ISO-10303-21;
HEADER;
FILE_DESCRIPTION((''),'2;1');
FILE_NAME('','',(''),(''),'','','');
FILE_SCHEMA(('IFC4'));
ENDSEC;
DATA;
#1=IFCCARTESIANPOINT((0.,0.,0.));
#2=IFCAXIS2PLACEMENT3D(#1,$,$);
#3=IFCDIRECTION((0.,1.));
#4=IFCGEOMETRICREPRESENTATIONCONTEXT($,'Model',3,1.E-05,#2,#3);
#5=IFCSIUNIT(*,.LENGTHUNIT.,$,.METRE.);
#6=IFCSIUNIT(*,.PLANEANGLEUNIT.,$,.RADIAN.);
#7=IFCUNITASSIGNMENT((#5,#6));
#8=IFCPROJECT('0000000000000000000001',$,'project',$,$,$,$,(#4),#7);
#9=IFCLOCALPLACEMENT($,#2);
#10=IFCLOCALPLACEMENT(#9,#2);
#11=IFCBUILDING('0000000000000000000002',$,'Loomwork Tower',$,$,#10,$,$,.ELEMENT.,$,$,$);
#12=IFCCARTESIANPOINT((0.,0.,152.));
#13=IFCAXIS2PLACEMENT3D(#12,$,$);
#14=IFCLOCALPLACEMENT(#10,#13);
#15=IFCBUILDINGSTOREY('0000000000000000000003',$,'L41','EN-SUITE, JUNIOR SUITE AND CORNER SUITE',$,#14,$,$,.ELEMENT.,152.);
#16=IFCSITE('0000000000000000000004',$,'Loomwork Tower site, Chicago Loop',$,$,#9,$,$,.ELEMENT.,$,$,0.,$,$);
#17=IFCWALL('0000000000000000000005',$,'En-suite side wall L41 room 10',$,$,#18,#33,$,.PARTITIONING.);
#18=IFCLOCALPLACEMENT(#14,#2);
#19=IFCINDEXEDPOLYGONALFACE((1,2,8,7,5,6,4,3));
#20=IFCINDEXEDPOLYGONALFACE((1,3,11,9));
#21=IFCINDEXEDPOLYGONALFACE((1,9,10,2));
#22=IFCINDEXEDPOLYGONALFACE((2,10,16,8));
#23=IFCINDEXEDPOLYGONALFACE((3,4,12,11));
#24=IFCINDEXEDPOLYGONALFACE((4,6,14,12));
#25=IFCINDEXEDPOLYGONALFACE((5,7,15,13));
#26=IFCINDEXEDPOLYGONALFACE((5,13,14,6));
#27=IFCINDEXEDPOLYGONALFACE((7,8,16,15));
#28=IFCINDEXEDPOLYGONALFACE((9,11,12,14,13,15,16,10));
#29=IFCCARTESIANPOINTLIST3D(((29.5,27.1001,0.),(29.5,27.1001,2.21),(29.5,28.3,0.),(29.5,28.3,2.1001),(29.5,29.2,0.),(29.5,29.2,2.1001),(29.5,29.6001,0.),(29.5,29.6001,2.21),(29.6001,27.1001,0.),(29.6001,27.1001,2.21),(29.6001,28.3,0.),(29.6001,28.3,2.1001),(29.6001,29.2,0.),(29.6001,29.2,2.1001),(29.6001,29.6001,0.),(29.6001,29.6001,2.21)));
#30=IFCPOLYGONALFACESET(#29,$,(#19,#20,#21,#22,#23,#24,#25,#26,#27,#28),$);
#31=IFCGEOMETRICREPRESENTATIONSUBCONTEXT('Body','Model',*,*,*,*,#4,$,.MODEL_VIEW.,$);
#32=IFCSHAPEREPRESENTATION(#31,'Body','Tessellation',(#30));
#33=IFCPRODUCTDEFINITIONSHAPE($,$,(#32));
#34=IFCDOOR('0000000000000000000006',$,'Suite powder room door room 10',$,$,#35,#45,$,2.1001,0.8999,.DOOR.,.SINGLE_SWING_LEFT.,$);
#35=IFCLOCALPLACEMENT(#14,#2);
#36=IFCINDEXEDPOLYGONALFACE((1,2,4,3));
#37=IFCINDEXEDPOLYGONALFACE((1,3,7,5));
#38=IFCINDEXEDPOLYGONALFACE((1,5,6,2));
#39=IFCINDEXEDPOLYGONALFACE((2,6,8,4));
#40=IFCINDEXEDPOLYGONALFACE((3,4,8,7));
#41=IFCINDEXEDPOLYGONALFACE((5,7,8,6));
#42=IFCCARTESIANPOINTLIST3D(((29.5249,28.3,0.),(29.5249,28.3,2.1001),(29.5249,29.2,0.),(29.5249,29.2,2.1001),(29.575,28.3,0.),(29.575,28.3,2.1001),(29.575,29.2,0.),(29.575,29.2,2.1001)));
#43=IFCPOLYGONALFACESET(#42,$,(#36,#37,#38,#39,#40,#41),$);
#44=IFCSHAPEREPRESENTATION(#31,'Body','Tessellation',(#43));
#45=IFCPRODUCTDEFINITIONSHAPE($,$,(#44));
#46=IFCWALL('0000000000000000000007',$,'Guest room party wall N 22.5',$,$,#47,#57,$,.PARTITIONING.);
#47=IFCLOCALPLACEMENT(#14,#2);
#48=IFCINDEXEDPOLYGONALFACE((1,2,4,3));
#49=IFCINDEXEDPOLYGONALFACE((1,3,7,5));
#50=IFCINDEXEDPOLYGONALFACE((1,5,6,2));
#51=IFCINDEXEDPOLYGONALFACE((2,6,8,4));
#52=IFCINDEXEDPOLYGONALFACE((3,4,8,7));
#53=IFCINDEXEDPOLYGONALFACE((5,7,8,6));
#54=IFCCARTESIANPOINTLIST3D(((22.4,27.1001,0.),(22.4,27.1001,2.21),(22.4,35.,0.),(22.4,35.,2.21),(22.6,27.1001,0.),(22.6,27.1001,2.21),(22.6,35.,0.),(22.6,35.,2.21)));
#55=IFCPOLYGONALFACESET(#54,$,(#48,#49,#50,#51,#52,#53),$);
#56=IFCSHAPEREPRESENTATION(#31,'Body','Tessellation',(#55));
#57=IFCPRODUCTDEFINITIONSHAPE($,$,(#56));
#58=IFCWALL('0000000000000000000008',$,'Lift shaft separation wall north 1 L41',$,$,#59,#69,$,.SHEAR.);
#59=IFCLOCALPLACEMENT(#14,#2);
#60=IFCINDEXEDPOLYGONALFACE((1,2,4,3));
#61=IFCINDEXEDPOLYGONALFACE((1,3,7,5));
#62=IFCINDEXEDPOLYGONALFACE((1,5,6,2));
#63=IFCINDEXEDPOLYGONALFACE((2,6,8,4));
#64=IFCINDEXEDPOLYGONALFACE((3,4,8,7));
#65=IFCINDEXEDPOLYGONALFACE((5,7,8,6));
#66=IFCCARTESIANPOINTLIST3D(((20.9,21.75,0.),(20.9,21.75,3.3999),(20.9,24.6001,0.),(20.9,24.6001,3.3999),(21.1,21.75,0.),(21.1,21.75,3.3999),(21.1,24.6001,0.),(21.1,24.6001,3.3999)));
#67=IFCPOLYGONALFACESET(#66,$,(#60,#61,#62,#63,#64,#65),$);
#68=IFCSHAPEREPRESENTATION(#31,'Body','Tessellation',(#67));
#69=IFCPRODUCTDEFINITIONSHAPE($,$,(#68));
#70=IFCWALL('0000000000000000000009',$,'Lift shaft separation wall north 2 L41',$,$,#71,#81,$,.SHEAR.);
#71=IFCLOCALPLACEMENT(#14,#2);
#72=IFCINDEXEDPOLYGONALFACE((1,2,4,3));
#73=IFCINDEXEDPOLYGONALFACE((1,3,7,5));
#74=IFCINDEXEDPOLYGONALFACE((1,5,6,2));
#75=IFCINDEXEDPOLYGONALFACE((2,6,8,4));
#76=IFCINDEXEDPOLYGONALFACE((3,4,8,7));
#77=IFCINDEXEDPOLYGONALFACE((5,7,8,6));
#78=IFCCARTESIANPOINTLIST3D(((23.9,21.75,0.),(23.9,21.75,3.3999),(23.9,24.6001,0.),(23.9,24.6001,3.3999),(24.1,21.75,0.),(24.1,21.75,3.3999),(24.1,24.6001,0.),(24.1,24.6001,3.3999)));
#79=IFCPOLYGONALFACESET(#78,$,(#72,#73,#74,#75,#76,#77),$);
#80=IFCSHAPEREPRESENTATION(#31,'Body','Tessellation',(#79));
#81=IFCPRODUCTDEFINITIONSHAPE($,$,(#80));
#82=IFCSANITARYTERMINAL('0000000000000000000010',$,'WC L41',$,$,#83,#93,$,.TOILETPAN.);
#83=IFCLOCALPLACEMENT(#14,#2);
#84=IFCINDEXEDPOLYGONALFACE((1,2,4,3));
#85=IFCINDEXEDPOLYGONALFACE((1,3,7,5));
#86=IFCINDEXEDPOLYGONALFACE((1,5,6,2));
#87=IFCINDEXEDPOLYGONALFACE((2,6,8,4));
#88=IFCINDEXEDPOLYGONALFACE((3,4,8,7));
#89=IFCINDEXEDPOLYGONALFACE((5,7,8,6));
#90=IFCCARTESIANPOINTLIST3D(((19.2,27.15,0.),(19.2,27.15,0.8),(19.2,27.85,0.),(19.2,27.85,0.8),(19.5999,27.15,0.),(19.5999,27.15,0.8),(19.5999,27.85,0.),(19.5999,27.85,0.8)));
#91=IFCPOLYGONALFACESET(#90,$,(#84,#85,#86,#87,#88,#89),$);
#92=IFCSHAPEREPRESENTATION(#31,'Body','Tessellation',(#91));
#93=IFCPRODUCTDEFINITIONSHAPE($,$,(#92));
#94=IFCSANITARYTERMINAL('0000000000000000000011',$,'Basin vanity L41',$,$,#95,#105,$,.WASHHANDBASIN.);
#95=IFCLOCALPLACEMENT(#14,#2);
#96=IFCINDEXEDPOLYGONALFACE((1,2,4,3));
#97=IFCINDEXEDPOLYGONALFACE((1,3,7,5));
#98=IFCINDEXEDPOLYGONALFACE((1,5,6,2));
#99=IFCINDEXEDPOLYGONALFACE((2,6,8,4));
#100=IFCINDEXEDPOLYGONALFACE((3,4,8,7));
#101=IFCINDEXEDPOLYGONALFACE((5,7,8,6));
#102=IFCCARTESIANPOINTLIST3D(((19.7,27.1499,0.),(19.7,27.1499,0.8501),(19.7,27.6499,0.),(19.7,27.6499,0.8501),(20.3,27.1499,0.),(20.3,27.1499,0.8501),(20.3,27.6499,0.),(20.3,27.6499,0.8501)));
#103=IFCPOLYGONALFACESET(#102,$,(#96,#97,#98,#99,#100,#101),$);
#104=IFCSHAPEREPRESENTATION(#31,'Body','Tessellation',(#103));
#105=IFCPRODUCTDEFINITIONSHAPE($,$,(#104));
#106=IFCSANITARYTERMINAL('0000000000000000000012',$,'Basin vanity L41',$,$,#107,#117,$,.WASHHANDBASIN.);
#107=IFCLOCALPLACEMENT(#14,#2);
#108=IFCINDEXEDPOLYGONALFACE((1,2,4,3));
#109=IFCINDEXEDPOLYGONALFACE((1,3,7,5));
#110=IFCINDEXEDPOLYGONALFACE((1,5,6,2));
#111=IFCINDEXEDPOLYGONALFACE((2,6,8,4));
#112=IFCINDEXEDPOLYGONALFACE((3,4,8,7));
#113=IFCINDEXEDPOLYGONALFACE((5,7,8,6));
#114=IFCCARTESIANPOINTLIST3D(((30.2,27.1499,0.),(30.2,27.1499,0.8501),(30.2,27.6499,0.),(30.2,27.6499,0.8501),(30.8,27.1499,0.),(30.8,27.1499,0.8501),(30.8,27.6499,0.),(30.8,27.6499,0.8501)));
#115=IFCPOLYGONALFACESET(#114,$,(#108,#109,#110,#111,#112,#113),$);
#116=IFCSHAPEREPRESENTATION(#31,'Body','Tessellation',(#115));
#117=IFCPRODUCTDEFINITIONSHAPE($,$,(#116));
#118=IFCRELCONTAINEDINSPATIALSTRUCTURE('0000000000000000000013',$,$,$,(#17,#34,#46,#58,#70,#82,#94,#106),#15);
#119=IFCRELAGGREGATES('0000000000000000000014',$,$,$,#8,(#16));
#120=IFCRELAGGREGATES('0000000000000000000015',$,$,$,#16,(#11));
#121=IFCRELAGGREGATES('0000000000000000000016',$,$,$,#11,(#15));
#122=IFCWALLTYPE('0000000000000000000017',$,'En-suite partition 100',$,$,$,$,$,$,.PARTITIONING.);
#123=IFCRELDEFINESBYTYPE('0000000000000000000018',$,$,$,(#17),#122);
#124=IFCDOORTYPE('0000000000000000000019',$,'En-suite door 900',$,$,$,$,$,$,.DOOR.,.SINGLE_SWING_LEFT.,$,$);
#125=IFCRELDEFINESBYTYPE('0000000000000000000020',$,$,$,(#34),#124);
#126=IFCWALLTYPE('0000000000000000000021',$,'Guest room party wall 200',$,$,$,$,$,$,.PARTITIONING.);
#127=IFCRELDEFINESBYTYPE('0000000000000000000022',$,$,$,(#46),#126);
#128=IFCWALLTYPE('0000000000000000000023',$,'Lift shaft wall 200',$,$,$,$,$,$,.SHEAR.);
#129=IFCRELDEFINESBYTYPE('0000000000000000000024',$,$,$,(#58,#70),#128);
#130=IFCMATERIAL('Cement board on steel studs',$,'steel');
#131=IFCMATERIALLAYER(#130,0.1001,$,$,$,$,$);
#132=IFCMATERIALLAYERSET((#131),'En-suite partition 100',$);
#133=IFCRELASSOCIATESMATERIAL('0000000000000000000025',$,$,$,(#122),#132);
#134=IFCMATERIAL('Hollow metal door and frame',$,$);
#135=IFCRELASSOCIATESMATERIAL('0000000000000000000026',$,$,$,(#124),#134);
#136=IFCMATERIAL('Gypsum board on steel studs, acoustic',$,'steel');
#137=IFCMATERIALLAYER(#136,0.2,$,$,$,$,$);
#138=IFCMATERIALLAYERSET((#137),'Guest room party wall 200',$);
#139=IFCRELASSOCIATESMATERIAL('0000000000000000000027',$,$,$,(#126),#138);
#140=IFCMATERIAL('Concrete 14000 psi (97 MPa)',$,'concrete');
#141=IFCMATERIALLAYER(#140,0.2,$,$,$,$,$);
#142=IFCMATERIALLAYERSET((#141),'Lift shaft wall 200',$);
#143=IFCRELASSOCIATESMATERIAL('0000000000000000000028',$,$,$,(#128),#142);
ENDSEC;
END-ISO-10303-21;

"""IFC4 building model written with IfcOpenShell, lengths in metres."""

from ifc_helpers import new_model, si_unit, direction, frame, frame_2d, origin, origin_2d, place, context, subcontext, project, spatial, rectangle, extrude, material, layer, layer_set, type_object, element, fill, save


model = new_model("IFC4")

# Units and contexts
model_context = context("Model", 3, precision=1e-05, world=origin(), true_north=direction((0.0, 1.0)))
body_context = subcontext(model_context, "Body", "Model", "MODEL_VIEW")
ifc_project = project(units=[si_unit("LENGTHUNIT", "METRE"), si_unit("PLANEANGLEUNIT", "RADIAN")], contexts=[model_context])

# Site, building, storey
site_placement = place(None, origin())
site = spatial("IfcSite", under=ifc_project, at=site_placement, Name="Loomwork Tower site, Chicago Loop", CompositionType="ELEMENT", RefElevation=0.0)
building_placement = place(site_placement, origin())
building = spatial("IfcBuilding", under=site, at=building_placement, Name="Loomwork Tower", CompositionType="ELEMENT")
storey_placement = place(building_placement, frame((0.0, 0.0, 152.0)))
storey = spatial("IfcBuildingStorey", under=building, at=storey_placement, Name="L41", Description="EN-SUITE, JUNIOR SUITE AND CORNER SUITE", CompositionType="ELEMENT", Elevation=152.0)

# Shared definitions
ifc_material_1 = material(Name="Cement board on steel studs", Category="steel")
ifc_layer_1 = layer(ifc_material_1, 0.1001)
ifc_layer_set_1 = layer_set([ifc_layer_1], Name="En-suite partition 100")
wall_type_1 = type_object("IfcWallType", Name="En-suite partition 100", PredefinedType="PARTITIONING", material=ifc_layer_set_1)
ifc_material_2 = material(Name="Hollow metal door and frame")
door_type_1 = type_object("IfcDoorType", Name="En-suite door 900", OperationType="SINGLE_SWING_LEFT", PredefinedType="DOOR", material=ifc_material_2)

# Wall, opening, door
wall_1_placement = place(storey_placement, frame((29.55, 27.1001, 0.0), z_axis=(0.0, 0.0, 1.0), x_axis=(0.0, 1.0, 0.0)))
wall_1 = element("IfcWall", 1, at=wall_1_placement, inside=storey, type_object=wall_type_1, Name="En-suite side wall L41 room 10", PredefinedType="PARTITIONING", context=body_context, shape_type="SweptSolid", body=[
    extrude(rectangle(XDim=2.5, YDim=0.1001, at=frame_2d((1.25, 0.0))), origin(), (0.0, 0.0, 1.0), 2.21),
])
opening_1_placement = place(wall_1_placement, frame((1.2, 0.0, 0.0)))
opening_1 = element("IfcOpeningElement", 2, at=opening_1_placement, cuts=wall_1, PredefinedType="OPENING", context=body_context, shape_type="SweptSolid", body=[
    extrude(rectangle(XDim=0.8999, YDim=2.1001, at=frame_2d((0.45, 1.05))), frame((0.0, 0.0601, 0.0), z_axis=(0.0, -1.0, 0.0), x_axis=(1.0, 0.0, 0.0)), (0.0, 0.0, 1.0), 0.1201),
])
door_1_placement = place(opening_1_placement, frame((0.8999, 0.0, 0.0), z_axis=(0.0, 0.0, 1.0), x_axis=(-1.0, 0.0, 0.0)))
door_1 = element("IfcDoor", 3, at=door_1_placement, inside=storey, type_object=door_type_1, Name="Suite powder room door room 10", OperationType="SINGLE_SWING_LEFT", OverallHeight=2.1001, OverallWidth=0.8999, PredefinedType="DOOR", context=body_context, shape_type="SweptSolid", body=[
    extrude(rectangle(XDim=0.8999, YDim=2.1001, at=frame_2d((0.45, 1.05))), frame((0.0, 0.0249, 0.0), z_axis=(0.0, -1.0, 0.0), x_axis=(1.0, 0.0, 0.0)), (0.0, 0.0, 1.0), 0.05),
])
fill(opening_1, door_1)

# Walls
ifc_material_3 = material(Name="Gypsum board on steel studs, acoustic", Category="steel")
ifc_layer_2 = layer(ifc_material_3, 0.2)
ifc_layer_set_2 = layer_set([ifc_layer_2], Name="Guest room party wall 200")
wall_type_2 = type_object("IfcWallType", Name="Guest room party wall 200", PredefinedType="PARTITIONING", material=ifc_layer_set_2)
wall_2_placement = place(storey_placement, frame((22.5, 27.1001, 0.0), z_axis=(0.0, 0.0, 1.0), x_axis=(0.0, 1.0, 0.0)))
element("IfcWall", 4, at=wall_2_placement, inside=storey, type_object=wall_type_2, Name="Guest room party wall N 22.5", PredefinedType="PARTITIONING", context=body_context, shape_type="SweptSolid", body=[
    extrude(rectangle(XDim=7.8999, YDim=0.2, at=frame_2d((3.95, 0.0))), origin(), (0.0, 0.0, 1.0), 2.21),
])
ifc_material_4 = material(Name="Concrete 14000 psi (97 MPa)", Category="concrete")
ifc_layer_3 = layer(ifc_material_4, 0.2)
ifc_layer_set_3 = layer_set([ifc_layer_3], Name="Lift shaft wall 200")
wall_type_3 = type_object("IfcWallType", Name="Lift shaft wall 200", PredefinedType="SHEAR", material=ifc_layer_set_3)
for number, where, z_axis, x_axis, name in (
    (5, (21.0, 21.75, 0.0), (0.0, 0.0, 1.0), (0.0, 1.0, 0.0), "Lift shaft separation wall north 1 L41"),
    (6, (24.0, 21.75, 0.0), (0.0, 0.0, 1.0), (0.0, 1.0, 0.0), "Lift shaft separation wall north 2 L41"),
):
    element("IfcWall", number, at=place(storey_placement, frame(where, z_axis=z_axis, x_axis=x_axis)), inside=storey, type_object=wall_type_3, Name=name, PredefinedType="SHEAR", context=body_context, shape_type="SweptSolid", body=[
        extrude(rectangle(XDim=2.8501, YDim=0.2, at=frame_2d((1.425, 0.0))), origin(), (0.0, 0.0, 1.0), 3.3999),
    ])

# Sanitary terminals
sanitary_terminal_placement = place(storey_placement, frame((19.3999, 27.5, 0.0), z_axis=(0.0, 0.0, 1.0), x_axis=(1.0, 0.0, 0.0)))
element("IfcSanitaryTerminal", 7, at=sanitary_terminal_placement, inside=storey, Name="WC L41", PredefinedType="TOILETPAN", context=body_context, shape_type="SweptSolid", body=[
    extrude(rectangle(XDim=0.3999, YDim=0.7, at=origin_2d()), origin(), (0.0, 0.0, 1.0), 0.8),
])
for number, where, z_axis, x_axis, name in (
    (8, (20.0, 27.3999, 0.0), (0.0, 0.0, 1.0), (1.0, 0.0, 0.0), "Basin vanity L41"),
    (9, (30.5, 27.3999, 0.0), (0.0, 0.0, 1.0), (1.0, 0.0, 0.0), "Basin vanity L41"),
):
    element("IfcSanitaryTerminal", number, at=place(storey_placement, frame(where, z_axis=z_axis, x_axis=x_axis)), inside=storey, Name=name, PredefinedType="WASHHANDBASIN", context=body_context, shape_type="SweptSolid", body=[
        extrude(rectangle(XDim=0.6001, YDim=0.5, at=origin_2d()), origin(), (0.0, 0.0, 1.0), 0.8501),
    ])

save(model, "model.ifc")
